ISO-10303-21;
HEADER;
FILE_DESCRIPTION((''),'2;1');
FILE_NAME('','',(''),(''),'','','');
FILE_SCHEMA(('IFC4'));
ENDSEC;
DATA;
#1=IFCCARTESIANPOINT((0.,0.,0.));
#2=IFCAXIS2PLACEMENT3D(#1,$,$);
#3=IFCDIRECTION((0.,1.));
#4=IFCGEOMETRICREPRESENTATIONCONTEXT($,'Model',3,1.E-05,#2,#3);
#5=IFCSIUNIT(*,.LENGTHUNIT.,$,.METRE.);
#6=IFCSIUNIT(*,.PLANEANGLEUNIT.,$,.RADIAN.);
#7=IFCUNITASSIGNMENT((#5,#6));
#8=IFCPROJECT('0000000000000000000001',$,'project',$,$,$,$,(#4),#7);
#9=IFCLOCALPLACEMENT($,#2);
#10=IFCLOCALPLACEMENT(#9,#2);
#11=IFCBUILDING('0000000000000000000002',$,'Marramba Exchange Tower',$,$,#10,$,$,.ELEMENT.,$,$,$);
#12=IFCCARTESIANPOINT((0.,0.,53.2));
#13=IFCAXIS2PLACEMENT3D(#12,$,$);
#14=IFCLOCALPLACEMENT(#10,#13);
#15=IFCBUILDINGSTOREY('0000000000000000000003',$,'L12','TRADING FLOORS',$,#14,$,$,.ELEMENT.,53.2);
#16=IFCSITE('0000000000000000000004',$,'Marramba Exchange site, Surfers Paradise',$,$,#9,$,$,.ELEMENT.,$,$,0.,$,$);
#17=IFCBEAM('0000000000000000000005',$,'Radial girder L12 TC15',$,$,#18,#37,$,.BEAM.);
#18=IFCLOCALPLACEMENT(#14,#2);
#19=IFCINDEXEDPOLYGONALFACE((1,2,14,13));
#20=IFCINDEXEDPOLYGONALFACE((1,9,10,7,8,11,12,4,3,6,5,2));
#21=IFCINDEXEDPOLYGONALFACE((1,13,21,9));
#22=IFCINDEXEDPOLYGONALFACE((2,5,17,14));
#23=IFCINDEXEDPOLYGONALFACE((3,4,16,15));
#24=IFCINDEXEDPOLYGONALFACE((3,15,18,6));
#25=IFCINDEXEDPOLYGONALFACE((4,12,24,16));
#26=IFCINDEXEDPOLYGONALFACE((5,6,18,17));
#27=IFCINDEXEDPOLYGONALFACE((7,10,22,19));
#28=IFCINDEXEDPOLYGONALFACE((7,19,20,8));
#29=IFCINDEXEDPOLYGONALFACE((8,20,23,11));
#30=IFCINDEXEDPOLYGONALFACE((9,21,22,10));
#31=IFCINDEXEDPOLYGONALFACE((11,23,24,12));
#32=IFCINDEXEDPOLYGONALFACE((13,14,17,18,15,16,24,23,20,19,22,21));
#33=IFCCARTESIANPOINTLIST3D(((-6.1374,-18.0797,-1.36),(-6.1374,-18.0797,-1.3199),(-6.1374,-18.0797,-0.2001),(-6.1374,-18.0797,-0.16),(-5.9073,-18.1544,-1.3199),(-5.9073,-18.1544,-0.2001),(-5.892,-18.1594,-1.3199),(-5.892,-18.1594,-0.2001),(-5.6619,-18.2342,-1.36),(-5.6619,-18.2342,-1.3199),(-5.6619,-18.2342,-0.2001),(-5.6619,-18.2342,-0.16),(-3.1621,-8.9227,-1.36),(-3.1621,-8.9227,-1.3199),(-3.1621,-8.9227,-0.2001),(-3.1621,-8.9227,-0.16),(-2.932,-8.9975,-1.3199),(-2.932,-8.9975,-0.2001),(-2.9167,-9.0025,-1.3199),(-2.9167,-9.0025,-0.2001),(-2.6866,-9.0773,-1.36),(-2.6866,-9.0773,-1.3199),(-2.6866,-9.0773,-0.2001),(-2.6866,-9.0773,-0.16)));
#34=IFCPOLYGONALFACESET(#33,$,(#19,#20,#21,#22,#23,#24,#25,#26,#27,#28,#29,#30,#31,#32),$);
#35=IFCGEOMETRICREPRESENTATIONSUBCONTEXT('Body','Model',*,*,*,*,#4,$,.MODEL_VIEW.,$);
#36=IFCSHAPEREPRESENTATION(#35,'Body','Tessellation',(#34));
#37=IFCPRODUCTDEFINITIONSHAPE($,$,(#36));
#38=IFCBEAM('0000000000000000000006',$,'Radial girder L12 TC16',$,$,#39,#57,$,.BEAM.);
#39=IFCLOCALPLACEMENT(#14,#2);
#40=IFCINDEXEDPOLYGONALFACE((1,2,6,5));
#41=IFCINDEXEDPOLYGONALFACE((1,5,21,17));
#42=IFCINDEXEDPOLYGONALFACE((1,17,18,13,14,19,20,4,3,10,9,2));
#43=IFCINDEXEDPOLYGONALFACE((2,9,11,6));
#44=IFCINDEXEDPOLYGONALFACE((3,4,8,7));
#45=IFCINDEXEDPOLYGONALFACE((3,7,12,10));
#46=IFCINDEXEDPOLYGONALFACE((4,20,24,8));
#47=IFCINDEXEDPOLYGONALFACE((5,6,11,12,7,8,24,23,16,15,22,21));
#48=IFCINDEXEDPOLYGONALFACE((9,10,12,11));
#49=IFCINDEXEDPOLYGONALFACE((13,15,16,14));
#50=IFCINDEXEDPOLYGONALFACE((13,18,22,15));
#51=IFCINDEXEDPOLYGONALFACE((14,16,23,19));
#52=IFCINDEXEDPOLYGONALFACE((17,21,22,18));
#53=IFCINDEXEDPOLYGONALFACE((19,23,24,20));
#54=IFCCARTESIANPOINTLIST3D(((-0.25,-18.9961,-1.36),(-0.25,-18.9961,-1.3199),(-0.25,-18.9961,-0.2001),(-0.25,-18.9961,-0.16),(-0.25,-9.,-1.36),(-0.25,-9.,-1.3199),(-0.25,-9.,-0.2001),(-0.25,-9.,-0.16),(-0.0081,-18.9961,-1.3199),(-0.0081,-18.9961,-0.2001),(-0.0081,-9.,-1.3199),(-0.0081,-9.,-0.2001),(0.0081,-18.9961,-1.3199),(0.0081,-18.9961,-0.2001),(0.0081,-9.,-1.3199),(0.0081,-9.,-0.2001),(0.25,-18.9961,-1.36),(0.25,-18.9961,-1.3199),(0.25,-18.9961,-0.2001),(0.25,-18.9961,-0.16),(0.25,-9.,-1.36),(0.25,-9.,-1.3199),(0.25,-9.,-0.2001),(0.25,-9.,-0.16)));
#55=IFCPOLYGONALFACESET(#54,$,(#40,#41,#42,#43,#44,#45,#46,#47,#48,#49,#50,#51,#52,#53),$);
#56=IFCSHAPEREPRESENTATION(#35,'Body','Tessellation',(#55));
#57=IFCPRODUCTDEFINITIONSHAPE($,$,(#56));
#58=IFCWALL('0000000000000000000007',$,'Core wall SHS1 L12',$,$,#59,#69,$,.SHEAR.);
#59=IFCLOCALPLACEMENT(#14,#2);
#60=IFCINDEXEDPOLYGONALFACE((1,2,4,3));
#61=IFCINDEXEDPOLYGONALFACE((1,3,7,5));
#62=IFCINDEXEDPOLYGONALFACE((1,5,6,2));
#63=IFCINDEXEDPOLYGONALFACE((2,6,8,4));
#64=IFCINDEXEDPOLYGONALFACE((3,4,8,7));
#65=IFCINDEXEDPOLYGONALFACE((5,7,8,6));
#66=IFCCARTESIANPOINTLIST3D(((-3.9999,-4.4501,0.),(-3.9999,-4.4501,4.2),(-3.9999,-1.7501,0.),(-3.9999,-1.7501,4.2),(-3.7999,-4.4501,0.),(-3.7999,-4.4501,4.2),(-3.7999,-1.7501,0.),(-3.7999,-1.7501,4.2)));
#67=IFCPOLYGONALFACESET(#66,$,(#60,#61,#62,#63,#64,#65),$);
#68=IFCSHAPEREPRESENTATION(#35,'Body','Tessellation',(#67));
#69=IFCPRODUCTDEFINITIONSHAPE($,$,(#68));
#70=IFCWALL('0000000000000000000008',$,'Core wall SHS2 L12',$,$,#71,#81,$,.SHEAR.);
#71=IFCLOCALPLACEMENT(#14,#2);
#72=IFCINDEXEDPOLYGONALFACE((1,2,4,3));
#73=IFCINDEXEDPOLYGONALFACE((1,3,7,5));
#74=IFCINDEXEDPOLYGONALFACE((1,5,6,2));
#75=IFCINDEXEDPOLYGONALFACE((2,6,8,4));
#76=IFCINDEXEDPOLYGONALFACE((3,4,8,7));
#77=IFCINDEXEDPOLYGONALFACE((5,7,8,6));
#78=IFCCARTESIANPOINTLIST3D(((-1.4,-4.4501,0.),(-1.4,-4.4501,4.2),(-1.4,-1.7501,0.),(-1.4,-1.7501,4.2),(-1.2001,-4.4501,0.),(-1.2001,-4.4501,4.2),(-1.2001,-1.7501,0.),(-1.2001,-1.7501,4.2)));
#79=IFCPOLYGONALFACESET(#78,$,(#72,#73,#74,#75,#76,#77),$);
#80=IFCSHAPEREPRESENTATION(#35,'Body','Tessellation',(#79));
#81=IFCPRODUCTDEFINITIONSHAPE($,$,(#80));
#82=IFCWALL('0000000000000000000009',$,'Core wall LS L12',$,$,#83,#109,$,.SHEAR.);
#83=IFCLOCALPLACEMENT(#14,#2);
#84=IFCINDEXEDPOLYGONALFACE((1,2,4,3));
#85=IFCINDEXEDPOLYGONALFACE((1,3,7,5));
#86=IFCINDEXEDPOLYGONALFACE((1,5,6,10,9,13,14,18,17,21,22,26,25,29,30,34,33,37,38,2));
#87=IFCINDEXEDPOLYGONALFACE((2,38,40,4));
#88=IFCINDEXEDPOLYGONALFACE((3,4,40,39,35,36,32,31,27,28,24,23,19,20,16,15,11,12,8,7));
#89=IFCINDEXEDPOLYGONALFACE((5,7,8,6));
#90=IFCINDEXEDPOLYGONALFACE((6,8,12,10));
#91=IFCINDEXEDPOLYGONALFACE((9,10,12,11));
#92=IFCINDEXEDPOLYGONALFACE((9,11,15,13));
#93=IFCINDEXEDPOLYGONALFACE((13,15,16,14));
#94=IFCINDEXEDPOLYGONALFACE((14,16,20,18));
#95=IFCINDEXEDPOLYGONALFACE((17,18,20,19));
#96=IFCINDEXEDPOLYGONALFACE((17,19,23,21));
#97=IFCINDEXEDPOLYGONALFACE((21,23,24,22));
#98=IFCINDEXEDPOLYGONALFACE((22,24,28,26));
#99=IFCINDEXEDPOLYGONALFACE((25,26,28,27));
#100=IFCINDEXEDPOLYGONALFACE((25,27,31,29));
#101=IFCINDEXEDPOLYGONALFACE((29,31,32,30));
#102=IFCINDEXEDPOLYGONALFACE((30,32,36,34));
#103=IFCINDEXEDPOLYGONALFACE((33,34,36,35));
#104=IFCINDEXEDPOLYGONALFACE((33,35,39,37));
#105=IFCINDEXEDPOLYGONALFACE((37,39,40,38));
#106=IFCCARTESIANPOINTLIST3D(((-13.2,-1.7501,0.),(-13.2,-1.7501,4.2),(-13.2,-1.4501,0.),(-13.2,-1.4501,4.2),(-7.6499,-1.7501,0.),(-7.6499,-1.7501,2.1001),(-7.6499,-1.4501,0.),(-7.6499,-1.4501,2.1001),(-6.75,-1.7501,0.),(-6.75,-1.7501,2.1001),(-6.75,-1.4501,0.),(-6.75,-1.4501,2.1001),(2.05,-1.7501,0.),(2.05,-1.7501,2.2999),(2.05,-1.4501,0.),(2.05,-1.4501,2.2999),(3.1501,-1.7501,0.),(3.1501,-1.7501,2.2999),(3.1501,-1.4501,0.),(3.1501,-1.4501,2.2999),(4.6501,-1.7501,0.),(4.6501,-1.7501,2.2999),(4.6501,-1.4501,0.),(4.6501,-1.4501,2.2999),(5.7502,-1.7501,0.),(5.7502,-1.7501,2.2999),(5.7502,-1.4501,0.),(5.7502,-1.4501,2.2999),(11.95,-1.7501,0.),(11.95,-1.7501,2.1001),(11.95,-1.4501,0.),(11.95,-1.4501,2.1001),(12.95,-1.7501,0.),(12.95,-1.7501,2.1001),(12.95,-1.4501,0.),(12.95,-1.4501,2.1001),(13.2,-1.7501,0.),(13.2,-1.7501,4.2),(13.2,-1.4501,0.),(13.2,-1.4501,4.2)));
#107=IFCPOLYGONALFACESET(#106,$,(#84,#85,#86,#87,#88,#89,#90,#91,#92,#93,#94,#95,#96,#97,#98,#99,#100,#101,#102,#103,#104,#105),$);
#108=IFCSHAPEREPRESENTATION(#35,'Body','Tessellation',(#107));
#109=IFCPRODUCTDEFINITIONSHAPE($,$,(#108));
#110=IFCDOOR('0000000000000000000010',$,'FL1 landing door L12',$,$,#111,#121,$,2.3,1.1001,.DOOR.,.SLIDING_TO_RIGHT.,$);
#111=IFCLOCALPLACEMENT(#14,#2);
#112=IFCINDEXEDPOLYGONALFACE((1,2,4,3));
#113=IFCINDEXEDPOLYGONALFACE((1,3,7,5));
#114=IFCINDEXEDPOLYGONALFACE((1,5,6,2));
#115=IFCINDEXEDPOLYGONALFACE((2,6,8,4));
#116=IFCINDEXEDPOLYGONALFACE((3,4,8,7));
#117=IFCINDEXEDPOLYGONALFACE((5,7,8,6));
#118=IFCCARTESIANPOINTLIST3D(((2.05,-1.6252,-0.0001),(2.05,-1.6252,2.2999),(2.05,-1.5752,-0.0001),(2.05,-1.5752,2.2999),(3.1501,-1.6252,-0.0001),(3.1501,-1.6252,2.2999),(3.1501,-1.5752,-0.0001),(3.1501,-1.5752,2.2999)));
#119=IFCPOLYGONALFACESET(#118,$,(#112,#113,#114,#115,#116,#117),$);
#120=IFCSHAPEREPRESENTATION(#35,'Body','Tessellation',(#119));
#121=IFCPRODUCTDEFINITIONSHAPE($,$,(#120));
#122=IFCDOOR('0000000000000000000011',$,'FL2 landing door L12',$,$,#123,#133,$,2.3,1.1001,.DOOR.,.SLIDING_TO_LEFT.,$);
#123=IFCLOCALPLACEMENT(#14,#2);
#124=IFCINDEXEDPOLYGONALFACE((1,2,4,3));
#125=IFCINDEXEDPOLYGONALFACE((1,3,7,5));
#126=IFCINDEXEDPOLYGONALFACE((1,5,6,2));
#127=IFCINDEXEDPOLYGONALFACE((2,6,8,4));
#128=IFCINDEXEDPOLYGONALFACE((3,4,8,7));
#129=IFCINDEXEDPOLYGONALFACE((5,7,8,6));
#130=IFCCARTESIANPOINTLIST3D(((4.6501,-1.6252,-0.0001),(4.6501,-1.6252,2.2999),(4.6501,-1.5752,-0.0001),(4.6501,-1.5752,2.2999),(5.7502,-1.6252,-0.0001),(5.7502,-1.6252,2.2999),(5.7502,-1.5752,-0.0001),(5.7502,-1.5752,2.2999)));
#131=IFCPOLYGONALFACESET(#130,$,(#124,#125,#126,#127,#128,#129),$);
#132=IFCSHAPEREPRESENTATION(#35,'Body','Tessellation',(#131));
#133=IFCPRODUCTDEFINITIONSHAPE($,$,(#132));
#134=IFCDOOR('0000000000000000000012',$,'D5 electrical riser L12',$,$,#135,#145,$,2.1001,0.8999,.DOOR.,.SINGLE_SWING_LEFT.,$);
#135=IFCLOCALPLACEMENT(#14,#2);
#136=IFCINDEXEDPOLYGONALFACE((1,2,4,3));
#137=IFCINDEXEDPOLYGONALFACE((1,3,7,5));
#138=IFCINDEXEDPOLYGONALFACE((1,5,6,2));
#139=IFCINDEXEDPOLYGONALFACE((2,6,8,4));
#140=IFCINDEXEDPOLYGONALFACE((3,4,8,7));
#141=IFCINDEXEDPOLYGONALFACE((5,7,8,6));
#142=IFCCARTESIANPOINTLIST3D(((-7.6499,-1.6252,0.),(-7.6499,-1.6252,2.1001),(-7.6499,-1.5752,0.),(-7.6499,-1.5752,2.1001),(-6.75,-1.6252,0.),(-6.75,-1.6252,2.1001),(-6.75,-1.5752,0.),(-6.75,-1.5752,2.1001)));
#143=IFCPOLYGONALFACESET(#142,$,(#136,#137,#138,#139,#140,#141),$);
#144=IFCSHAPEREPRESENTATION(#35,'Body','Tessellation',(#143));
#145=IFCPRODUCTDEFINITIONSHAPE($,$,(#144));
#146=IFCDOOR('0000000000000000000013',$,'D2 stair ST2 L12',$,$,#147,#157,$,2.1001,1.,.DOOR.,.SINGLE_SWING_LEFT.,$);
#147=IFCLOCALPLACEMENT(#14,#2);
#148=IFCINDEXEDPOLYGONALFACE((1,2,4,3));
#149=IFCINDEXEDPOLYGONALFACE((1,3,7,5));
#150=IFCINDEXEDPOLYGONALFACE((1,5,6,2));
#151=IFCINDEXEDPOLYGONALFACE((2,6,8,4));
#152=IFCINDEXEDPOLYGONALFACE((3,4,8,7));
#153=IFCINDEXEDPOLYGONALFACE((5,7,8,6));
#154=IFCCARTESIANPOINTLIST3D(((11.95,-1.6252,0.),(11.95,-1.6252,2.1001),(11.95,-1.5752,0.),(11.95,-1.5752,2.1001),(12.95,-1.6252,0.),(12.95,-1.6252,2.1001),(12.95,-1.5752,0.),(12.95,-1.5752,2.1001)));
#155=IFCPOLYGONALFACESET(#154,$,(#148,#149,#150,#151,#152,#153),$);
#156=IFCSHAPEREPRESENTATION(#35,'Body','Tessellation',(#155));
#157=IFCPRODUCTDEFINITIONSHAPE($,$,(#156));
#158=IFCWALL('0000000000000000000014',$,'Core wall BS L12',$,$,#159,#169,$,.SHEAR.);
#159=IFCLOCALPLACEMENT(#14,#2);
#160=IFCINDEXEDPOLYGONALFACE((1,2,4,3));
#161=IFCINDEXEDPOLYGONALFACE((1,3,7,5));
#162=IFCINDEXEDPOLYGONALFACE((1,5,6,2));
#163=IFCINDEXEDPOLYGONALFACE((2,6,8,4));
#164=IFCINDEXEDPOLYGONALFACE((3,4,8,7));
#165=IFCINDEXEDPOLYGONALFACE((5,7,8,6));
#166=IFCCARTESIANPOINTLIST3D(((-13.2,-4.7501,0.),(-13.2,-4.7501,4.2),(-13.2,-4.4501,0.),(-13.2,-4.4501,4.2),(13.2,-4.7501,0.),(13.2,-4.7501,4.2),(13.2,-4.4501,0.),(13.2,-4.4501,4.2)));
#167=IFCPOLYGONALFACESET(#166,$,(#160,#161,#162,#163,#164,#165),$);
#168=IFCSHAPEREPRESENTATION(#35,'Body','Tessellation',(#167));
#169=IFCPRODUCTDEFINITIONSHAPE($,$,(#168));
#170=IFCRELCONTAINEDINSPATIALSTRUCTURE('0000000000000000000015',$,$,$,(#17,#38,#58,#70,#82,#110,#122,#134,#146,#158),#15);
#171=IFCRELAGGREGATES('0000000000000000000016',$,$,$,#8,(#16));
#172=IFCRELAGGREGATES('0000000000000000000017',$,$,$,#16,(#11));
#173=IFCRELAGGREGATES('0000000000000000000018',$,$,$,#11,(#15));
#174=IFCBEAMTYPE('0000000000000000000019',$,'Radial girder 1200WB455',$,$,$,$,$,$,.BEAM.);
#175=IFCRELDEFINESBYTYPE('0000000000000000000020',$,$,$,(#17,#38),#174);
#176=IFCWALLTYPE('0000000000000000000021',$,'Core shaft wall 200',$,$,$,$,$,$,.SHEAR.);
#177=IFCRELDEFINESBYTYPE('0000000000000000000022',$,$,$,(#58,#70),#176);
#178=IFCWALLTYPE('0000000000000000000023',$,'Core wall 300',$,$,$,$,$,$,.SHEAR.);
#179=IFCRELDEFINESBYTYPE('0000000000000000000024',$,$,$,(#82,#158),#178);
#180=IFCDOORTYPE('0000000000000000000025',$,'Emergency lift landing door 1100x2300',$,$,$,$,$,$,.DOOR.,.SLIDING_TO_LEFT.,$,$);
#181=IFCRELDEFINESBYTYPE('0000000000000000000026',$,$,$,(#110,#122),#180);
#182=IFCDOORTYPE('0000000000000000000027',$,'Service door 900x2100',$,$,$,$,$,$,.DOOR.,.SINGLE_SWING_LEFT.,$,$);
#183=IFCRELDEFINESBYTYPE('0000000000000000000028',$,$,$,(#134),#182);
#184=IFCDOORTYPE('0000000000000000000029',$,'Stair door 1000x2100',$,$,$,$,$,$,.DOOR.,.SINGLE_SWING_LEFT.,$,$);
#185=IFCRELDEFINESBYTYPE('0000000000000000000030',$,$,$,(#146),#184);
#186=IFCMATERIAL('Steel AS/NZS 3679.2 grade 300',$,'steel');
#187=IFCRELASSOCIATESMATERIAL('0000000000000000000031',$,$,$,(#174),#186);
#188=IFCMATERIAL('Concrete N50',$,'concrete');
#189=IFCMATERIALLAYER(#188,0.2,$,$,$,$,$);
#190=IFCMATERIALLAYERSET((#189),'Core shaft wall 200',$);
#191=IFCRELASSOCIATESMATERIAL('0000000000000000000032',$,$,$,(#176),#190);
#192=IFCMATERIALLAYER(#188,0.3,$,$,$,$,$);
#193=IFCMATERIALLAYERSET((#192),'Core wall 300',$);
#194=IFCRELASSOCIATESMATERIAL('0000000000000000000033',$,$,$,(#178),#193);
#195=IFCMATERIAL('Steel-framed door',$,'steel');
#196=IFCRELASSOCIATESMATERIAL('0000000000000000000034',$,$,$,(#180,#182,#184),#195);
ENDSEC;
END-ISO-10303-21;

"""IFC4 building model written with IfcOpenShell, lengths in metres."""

from ifc_helpers import new_model, si_unit, direction, frame, frame_2d, origin, origin_2d, place, context, subcontext, project, spatial, rectangle, i_section, extrude, material, layer, layer_set, material_profile, profile_set, type_object, element, fill, save


model = new_model("IFC4")

# Units and contexts
model_context = context("Model", 3, precision=1e-05, world=origin(), true_north=direction((0.0, 1.0)))
body_context = subcontext(model_context, "Body", "Model", "MODEL_VIEW")
ifc_project = project(units=[si_unit("LENGTHUNIT", "METRE"), si_unit("PLANEANGLEUNIT", "RADIAN")], contexts=[model_context])

# Site, building, storey
site_placement = place(None, origin())
site = spatial("IfcSite", under=ifc_project, at=site_placement, Name="Marramba Exchange site, Surfers Paradise", CompositionType="ELEMENT", RefElevation=0.0)
building_placement = place(site_placement, origin())
building = spatial("IfcBuilding", under=site, at=building_placement, Name="Marramba Exchange Tower", CompositionType="ELEMENT")
storey_placement = place(building_placement, frame((0.0, 0.0, 53.2)))
storey = spatial("IfcBuildingStorey", under=building, at=storey_placement, Name="L12", Description="TRADING FLOORS", CompositionType="ELEMENT", Elevation=53.2)

# Beams
ifc_material_1 = material(Name="Steel AS/NZS 3679.2 grade 300", Category="steel")
ifc_material_profile = material_profile(ifc_material_1, i_section(OverallWidth=0.5, OverallDepth=1.2, WebThickness=0.0161, FlangeThickness=0.04, at=origin_2d()), Name="1200WB455")
ifc_profile_set = profile_set([ifc_material_profile], Name="Steel AS/NZS 3679.2 grade 300")
beam_type = type_object("IfcBeamType", Name="Radial girder 1200WB455", PredefinedType="BEAM", material=ifc_profile_set)
beam_1_placement = place(storey_placement, frame((-2.9243, -9.0, -0.76), z_axis=(-0.309022, -0.951055, 0.0), x_axis=(0.951055, -0.309022, 0.0)))
element("IfcBeam", 1, at=beam_1_placement, inside=storey, type_object=beam_type, Name="Radial girder L12 TC15", PredefinedType="BEAM", context=body_context, shape_type="SweptSolid", body=[
    extrude(i_section(OverallWidth=0.5, OverallDepth=1.2, WebThickness=0.0161, FlangeThickness=0.04, at=origin_2d()), origin(), (0.0, 0.0, 1.0), 9.6282),
])
beam_2_placement = place(storey_placement, frame((0.0, -9.0, -0.76), z_axis=(0.0, -1.0, 0.0), x_axis=(1.0, 0.0, 0.0)))
element("IfcBeam", 2, at=beam_2_placement, inside=storey, type_object=beam_type, Name="Radial girder L12 TC16", PredefinedType="BEAM", context=body_context, shape_type="SweptSolid", body=[
    extrude(i_section(OverallWidth=0.5, OverallDepth=1.2, WebThickness=0.0161, FlangeThickness=0.04, at=origin_2d()), origin(), (0.0, 0.0, 1.0), 9.9961),
])

# Walls
ifc_material_2 = material(Name="Concrete N50", Category="concrete")
ifc_layer_1 = layer(ifc_material_2, 0.2)
ifc_layer_set_1 = layer_set([ifc_layer_1], Name="Core shaft wall 200")
wall_type_1 = type_object("IfcWallType", Name="Core shaft wall 200", PredefinedType="SHEAR", material=ifc_layer_set_1)
for number, where, z_axis, x_axis, name in (
    (3, (-3.8999, -1.75, 0.0), (0.0, 0.0, 1.0), (0.0, -1.0, 0.0), "Core wall SHS1 L12"),
    (4, (-1.3, -1.75, 0.0), (0.0, 0.0, 1.0), (0.0, -1.0, 0.0), "Core wall SHS2 L12"),
):
    element("IfcWall", number, at=place(storey_placement, frame(where, z_axis=z_axis, x_axis=x_axis)), inside=storey, type_object=wall_type_1, Name=name, PredefinedType="SHEAR", context=body_context, shape_type="SweptSolid", body=[
        extrude(rectangle(XDim=2.7, YDim=0.2, at=frame_2d((1.3501, 0.0))), origin(), (0.0, 0.0, 1.0), 4.2),
    ])

# Wall, openings, doors
ifc_layer_2 = layer(ifc_material_2, 0.3)
ifc_layer_set_2 = layer_set([ifc_layer_2], Name="Core wall 300")
wall_type_2 = type_object("IfcWallType", Name="Core wall 300", PredefinedType="SHEAR", material=ifc_layer_set_2)
wall_1_placement = place(storey_placement, frame((-13.2, -1.6001, 0.0), z_axis=(0.0, 0.0, 1.0), x_axis=(1.0, 0.0, 0.0)))
wall_1 = element("IfcWall", 5, at=wall_1_placement, inside=storey, type_object=wall_type_2, Name="Core wall LS L12", PredefinedType="SHEAR", context=body_context, shape_type="SweptSolid", body=[
    extrude(rectangle(XDim=26.3999, YDim=0.3, at=frame_2d((13.2, 0.0))), origin(), (0.0, 0.0, 1.0), 4.2),
])
opening_1_placement = place(wall_1_placement, frame((25.1499, 0.0, 0.0)))
opening_1 = element("IfcOpeningElement", 6, at=opening_1_placement, cuts=wall_1, PredefinedType="OPENING", context=body_context, shape_type="SweptSolid", body=[
    extrude(rectangle(XDim=1.0, YDim=2.1001, at=frame_2d((0.5, 1.05))), frame((0.0, 0.1599, 0.0), z_axis=(0.0, -1.0, 0.0), x_axis=(1.0, 0.0, 0.0)), (0.0, 0.0, 1.0), 0.3201),
])
opening_2_placement = place(wall_1_placement, frame((15.25, 0.0, 0.0)))
opening_2 = element("IfcOpeningElement", 7, at=opening_2_placement, cuts=wall_1, PredefinedType="OPENING", context=body_context, shape_type="SweptSolid", body=[
    extrude(rectangle(XDim=1.1001, YDim=2.3, at=frame_2d((0.55, 1.1499))), frame((0.0, 0.1599, 0.0), z_axis=(0.0, -1.0, 0.0), x_axis=(1.0, 0.0, 0.0)), (0.0, 0.0, 1.0), 0.3201),
])
opening_3_placement = place(wall_1_placement, frame((17.8501, 0.0, 0.0)))
opening_3 = element("IfcOpeningElement", 8, at=opening_3_placement, cuts=wall_1, PredefinedType="OPENING", context=body_context, shape_type="SweptSolid", body=[
    extrude(rectangle(XDim=1.1001, YDim=2.3, at=frame_2d((0.55, 1.1499))), frame((0.0, 0.1599, 0.0), z_axis=(0.0, -1.0, 0.0), x_axis=(1.0, 0.0, 0.0)), (0.0, 0.0, 1.0), 0.3201),
])
opening_4_placement = place(wall_1_placement, frame((5.55, 0.0, 0.0)))
opening_4 = element("IfcOpeningElement", 9, at=opening_4_placement, cuts=wall_1, PredefinedType="OPENING", context=body_context, shape_type="SweptSolid", body=[
    extrude(rectangle(XDim=0.8999, YDim=2.1001, at=frame_2d((0.45, 1.05))), frame((0.0, 0.1599, 0.0), z_axis=(0.0, -1.0, 0.0), x_axis=(1.0, 0.0, 0.0)), (0.0, 0.0, 1.0), 0.3201),
])
ifc_material_3 = material(Name="Steel-framed door", Category="steel")
door_type_1 = type_object("IfcDoorType", Name="Emergency lift landing door 1100x2300", OperationType="SLIDING_TO_LEFT", PredefinedType="DOOR", material=ifc_material_3)
door_1_placement = place(opening_2_placement, frame((1.1001, 0.0, 0.0), z_axis=(0.0, 0.0, 1.0), x_axis=(-1.0, 0.0, 0.0)))
door_1 = element("IfcDoor", 10, at=door_1_placement, inside=storey, type_object=door_type_1, Name="FL1 landing door L12", OperationType="SLIDING_TO_RIGHT", OverallHeight=2.3, OverallWidth=1.1001, PredefinedType="DOOR", context=body_context, shape_type="SweptSolid", body=[
    extrude(rectangle(XDim=1.1001, YDim=2.3, at=frame_2d((0.55, 1.1499))), frame((0.0, 0.0251, 0.0), z_axis=(0.0, -1.0, 0.0), x_axis=(1.0, 0.0, 0.0)), (0.0, 0.0, 1.0), 0.05),
])
fill(opening_2, door_1)
door_2_placement = place(opening_3_placement, frame((1.1001, 0.0, 0.0), z_axis=(0.0, 0.0, 1.0), x_axis=(-1.0, 0.0, 0.0)))
door_2 = element("IfcDoor", 11, at=door_2_placement, inside=storey, type_object=door_type_1, Name="FL2 landing door L12", OperationType="SLIDING_TO_LEFT", OverallHeight=2.3, OverallWidth=1.1001, PredefinedType="DOOR", context=body_context, shape_type="SweptSolid", body=[
    extrude(rectangle(XDim=1.1001, YDim=2.3, at=frame_2d((0.55, 1.1499))), frame((0.0, 0.0251, 0.0), z_axis=(0.0, -1.0, 0.0), x_axis=(1.0, 0.0, 0.0)), (0.0, 0.0, 1.0), 0.05),
])
fill(opening_3, door_2)
door_type_2 = type_object("IfcDoorType", Name="Service door 900x2100", OperationType="SINGLE_SWING_LEFT", PredefinedType="DOOR", material=ifc_material_3)
door_3_placement = place(opening_4_placement, frame((0.8999, 0.0, 0.0), z_axis=(0.0, 0.0, 1.0), x_axis=(-1.0, 0.0, 0.0)))
door_3 = element("IfcDoor", 12, at=door_3_placement, inside=storey, type_object=door_type_2, Name="D5 electrical riser L12", OperationType="SINGLE_SWING_LEFT", OverallHeight=2.1001, OverallWidth=0.8999, PredefinedType="DOOR", context=body_context, shape_type="SweptSolid", body=[
    extrude(rectangle(XDim=0.8999, YDim=2.1001, at=frame_2d((0.45, 1.05))), frame((0.0, 0.0251, 0.0), z_axis=(0.0, -1.0, 0.0), x_axis=(1.0, 0.0, 0.0)), (0.0, 0.0, 1.0), 0.05),
])
fill(opening_4, door_3)
door_type_3 = type_object("IfcDoorType", Name="Stair door 1000x2100", OperationType="SINGLE_SWING_LEFT", PredefinedType="DOOR", material=ifc_material_3)
door_4_placement = place(opening_1_placement, frame((1.0, 0.0, 0.0), z_axis=(0.0, 0.0, 1.0), x_axis=(-1.0, 0.0, 0.0)))
door_4 = element("IfcDoor", 13, at=door_4_placement, inside=storey, type_object=door_type_3, Name="D2 stair ST2 L12", OperationType="SINGLE_SWING_LEFT", OverallHeight=2.1001, OverallWidth=1.0, PredefinedType="DOOR", context=body_context, shape_type="SweptSolid", body=[
    extrude(rectangle(XDim=1.0, YDim=2.1001, at=frame_2d((0.5, 1.05))), frame((0.0, 0.0251, 0.0), z_axis=(0.0, -1.0, 0.0), x_axis=(1.0, 0.0, 0.0)), (0.0, 0.0, 1.0), 0.05),
])
fill(opening_1, door_4)

# Wall
wall_2_placement = place(storey_placement, frame((-13.2, -4.6001, 0.0), z_axis=(0.0, 0.0, 1.0), x_axis=(1.0, 0.0, 0.0)))
element("IfcWall", 14, at=wall_2_placement, inside=storey, type_object=wall_type_2, Name="Core wall BS L12", PredefinedType="SHEAR", context=body_context, shape_type="SweptSolid", body=[
    extrude(rectangle(XDim=26.3999, YDim=0.3, at=frame_2d((13.2, 0.0))), origin(), (0.0, 0.0, 1.0), 4.2),
])

save(model, "model.ifc")
